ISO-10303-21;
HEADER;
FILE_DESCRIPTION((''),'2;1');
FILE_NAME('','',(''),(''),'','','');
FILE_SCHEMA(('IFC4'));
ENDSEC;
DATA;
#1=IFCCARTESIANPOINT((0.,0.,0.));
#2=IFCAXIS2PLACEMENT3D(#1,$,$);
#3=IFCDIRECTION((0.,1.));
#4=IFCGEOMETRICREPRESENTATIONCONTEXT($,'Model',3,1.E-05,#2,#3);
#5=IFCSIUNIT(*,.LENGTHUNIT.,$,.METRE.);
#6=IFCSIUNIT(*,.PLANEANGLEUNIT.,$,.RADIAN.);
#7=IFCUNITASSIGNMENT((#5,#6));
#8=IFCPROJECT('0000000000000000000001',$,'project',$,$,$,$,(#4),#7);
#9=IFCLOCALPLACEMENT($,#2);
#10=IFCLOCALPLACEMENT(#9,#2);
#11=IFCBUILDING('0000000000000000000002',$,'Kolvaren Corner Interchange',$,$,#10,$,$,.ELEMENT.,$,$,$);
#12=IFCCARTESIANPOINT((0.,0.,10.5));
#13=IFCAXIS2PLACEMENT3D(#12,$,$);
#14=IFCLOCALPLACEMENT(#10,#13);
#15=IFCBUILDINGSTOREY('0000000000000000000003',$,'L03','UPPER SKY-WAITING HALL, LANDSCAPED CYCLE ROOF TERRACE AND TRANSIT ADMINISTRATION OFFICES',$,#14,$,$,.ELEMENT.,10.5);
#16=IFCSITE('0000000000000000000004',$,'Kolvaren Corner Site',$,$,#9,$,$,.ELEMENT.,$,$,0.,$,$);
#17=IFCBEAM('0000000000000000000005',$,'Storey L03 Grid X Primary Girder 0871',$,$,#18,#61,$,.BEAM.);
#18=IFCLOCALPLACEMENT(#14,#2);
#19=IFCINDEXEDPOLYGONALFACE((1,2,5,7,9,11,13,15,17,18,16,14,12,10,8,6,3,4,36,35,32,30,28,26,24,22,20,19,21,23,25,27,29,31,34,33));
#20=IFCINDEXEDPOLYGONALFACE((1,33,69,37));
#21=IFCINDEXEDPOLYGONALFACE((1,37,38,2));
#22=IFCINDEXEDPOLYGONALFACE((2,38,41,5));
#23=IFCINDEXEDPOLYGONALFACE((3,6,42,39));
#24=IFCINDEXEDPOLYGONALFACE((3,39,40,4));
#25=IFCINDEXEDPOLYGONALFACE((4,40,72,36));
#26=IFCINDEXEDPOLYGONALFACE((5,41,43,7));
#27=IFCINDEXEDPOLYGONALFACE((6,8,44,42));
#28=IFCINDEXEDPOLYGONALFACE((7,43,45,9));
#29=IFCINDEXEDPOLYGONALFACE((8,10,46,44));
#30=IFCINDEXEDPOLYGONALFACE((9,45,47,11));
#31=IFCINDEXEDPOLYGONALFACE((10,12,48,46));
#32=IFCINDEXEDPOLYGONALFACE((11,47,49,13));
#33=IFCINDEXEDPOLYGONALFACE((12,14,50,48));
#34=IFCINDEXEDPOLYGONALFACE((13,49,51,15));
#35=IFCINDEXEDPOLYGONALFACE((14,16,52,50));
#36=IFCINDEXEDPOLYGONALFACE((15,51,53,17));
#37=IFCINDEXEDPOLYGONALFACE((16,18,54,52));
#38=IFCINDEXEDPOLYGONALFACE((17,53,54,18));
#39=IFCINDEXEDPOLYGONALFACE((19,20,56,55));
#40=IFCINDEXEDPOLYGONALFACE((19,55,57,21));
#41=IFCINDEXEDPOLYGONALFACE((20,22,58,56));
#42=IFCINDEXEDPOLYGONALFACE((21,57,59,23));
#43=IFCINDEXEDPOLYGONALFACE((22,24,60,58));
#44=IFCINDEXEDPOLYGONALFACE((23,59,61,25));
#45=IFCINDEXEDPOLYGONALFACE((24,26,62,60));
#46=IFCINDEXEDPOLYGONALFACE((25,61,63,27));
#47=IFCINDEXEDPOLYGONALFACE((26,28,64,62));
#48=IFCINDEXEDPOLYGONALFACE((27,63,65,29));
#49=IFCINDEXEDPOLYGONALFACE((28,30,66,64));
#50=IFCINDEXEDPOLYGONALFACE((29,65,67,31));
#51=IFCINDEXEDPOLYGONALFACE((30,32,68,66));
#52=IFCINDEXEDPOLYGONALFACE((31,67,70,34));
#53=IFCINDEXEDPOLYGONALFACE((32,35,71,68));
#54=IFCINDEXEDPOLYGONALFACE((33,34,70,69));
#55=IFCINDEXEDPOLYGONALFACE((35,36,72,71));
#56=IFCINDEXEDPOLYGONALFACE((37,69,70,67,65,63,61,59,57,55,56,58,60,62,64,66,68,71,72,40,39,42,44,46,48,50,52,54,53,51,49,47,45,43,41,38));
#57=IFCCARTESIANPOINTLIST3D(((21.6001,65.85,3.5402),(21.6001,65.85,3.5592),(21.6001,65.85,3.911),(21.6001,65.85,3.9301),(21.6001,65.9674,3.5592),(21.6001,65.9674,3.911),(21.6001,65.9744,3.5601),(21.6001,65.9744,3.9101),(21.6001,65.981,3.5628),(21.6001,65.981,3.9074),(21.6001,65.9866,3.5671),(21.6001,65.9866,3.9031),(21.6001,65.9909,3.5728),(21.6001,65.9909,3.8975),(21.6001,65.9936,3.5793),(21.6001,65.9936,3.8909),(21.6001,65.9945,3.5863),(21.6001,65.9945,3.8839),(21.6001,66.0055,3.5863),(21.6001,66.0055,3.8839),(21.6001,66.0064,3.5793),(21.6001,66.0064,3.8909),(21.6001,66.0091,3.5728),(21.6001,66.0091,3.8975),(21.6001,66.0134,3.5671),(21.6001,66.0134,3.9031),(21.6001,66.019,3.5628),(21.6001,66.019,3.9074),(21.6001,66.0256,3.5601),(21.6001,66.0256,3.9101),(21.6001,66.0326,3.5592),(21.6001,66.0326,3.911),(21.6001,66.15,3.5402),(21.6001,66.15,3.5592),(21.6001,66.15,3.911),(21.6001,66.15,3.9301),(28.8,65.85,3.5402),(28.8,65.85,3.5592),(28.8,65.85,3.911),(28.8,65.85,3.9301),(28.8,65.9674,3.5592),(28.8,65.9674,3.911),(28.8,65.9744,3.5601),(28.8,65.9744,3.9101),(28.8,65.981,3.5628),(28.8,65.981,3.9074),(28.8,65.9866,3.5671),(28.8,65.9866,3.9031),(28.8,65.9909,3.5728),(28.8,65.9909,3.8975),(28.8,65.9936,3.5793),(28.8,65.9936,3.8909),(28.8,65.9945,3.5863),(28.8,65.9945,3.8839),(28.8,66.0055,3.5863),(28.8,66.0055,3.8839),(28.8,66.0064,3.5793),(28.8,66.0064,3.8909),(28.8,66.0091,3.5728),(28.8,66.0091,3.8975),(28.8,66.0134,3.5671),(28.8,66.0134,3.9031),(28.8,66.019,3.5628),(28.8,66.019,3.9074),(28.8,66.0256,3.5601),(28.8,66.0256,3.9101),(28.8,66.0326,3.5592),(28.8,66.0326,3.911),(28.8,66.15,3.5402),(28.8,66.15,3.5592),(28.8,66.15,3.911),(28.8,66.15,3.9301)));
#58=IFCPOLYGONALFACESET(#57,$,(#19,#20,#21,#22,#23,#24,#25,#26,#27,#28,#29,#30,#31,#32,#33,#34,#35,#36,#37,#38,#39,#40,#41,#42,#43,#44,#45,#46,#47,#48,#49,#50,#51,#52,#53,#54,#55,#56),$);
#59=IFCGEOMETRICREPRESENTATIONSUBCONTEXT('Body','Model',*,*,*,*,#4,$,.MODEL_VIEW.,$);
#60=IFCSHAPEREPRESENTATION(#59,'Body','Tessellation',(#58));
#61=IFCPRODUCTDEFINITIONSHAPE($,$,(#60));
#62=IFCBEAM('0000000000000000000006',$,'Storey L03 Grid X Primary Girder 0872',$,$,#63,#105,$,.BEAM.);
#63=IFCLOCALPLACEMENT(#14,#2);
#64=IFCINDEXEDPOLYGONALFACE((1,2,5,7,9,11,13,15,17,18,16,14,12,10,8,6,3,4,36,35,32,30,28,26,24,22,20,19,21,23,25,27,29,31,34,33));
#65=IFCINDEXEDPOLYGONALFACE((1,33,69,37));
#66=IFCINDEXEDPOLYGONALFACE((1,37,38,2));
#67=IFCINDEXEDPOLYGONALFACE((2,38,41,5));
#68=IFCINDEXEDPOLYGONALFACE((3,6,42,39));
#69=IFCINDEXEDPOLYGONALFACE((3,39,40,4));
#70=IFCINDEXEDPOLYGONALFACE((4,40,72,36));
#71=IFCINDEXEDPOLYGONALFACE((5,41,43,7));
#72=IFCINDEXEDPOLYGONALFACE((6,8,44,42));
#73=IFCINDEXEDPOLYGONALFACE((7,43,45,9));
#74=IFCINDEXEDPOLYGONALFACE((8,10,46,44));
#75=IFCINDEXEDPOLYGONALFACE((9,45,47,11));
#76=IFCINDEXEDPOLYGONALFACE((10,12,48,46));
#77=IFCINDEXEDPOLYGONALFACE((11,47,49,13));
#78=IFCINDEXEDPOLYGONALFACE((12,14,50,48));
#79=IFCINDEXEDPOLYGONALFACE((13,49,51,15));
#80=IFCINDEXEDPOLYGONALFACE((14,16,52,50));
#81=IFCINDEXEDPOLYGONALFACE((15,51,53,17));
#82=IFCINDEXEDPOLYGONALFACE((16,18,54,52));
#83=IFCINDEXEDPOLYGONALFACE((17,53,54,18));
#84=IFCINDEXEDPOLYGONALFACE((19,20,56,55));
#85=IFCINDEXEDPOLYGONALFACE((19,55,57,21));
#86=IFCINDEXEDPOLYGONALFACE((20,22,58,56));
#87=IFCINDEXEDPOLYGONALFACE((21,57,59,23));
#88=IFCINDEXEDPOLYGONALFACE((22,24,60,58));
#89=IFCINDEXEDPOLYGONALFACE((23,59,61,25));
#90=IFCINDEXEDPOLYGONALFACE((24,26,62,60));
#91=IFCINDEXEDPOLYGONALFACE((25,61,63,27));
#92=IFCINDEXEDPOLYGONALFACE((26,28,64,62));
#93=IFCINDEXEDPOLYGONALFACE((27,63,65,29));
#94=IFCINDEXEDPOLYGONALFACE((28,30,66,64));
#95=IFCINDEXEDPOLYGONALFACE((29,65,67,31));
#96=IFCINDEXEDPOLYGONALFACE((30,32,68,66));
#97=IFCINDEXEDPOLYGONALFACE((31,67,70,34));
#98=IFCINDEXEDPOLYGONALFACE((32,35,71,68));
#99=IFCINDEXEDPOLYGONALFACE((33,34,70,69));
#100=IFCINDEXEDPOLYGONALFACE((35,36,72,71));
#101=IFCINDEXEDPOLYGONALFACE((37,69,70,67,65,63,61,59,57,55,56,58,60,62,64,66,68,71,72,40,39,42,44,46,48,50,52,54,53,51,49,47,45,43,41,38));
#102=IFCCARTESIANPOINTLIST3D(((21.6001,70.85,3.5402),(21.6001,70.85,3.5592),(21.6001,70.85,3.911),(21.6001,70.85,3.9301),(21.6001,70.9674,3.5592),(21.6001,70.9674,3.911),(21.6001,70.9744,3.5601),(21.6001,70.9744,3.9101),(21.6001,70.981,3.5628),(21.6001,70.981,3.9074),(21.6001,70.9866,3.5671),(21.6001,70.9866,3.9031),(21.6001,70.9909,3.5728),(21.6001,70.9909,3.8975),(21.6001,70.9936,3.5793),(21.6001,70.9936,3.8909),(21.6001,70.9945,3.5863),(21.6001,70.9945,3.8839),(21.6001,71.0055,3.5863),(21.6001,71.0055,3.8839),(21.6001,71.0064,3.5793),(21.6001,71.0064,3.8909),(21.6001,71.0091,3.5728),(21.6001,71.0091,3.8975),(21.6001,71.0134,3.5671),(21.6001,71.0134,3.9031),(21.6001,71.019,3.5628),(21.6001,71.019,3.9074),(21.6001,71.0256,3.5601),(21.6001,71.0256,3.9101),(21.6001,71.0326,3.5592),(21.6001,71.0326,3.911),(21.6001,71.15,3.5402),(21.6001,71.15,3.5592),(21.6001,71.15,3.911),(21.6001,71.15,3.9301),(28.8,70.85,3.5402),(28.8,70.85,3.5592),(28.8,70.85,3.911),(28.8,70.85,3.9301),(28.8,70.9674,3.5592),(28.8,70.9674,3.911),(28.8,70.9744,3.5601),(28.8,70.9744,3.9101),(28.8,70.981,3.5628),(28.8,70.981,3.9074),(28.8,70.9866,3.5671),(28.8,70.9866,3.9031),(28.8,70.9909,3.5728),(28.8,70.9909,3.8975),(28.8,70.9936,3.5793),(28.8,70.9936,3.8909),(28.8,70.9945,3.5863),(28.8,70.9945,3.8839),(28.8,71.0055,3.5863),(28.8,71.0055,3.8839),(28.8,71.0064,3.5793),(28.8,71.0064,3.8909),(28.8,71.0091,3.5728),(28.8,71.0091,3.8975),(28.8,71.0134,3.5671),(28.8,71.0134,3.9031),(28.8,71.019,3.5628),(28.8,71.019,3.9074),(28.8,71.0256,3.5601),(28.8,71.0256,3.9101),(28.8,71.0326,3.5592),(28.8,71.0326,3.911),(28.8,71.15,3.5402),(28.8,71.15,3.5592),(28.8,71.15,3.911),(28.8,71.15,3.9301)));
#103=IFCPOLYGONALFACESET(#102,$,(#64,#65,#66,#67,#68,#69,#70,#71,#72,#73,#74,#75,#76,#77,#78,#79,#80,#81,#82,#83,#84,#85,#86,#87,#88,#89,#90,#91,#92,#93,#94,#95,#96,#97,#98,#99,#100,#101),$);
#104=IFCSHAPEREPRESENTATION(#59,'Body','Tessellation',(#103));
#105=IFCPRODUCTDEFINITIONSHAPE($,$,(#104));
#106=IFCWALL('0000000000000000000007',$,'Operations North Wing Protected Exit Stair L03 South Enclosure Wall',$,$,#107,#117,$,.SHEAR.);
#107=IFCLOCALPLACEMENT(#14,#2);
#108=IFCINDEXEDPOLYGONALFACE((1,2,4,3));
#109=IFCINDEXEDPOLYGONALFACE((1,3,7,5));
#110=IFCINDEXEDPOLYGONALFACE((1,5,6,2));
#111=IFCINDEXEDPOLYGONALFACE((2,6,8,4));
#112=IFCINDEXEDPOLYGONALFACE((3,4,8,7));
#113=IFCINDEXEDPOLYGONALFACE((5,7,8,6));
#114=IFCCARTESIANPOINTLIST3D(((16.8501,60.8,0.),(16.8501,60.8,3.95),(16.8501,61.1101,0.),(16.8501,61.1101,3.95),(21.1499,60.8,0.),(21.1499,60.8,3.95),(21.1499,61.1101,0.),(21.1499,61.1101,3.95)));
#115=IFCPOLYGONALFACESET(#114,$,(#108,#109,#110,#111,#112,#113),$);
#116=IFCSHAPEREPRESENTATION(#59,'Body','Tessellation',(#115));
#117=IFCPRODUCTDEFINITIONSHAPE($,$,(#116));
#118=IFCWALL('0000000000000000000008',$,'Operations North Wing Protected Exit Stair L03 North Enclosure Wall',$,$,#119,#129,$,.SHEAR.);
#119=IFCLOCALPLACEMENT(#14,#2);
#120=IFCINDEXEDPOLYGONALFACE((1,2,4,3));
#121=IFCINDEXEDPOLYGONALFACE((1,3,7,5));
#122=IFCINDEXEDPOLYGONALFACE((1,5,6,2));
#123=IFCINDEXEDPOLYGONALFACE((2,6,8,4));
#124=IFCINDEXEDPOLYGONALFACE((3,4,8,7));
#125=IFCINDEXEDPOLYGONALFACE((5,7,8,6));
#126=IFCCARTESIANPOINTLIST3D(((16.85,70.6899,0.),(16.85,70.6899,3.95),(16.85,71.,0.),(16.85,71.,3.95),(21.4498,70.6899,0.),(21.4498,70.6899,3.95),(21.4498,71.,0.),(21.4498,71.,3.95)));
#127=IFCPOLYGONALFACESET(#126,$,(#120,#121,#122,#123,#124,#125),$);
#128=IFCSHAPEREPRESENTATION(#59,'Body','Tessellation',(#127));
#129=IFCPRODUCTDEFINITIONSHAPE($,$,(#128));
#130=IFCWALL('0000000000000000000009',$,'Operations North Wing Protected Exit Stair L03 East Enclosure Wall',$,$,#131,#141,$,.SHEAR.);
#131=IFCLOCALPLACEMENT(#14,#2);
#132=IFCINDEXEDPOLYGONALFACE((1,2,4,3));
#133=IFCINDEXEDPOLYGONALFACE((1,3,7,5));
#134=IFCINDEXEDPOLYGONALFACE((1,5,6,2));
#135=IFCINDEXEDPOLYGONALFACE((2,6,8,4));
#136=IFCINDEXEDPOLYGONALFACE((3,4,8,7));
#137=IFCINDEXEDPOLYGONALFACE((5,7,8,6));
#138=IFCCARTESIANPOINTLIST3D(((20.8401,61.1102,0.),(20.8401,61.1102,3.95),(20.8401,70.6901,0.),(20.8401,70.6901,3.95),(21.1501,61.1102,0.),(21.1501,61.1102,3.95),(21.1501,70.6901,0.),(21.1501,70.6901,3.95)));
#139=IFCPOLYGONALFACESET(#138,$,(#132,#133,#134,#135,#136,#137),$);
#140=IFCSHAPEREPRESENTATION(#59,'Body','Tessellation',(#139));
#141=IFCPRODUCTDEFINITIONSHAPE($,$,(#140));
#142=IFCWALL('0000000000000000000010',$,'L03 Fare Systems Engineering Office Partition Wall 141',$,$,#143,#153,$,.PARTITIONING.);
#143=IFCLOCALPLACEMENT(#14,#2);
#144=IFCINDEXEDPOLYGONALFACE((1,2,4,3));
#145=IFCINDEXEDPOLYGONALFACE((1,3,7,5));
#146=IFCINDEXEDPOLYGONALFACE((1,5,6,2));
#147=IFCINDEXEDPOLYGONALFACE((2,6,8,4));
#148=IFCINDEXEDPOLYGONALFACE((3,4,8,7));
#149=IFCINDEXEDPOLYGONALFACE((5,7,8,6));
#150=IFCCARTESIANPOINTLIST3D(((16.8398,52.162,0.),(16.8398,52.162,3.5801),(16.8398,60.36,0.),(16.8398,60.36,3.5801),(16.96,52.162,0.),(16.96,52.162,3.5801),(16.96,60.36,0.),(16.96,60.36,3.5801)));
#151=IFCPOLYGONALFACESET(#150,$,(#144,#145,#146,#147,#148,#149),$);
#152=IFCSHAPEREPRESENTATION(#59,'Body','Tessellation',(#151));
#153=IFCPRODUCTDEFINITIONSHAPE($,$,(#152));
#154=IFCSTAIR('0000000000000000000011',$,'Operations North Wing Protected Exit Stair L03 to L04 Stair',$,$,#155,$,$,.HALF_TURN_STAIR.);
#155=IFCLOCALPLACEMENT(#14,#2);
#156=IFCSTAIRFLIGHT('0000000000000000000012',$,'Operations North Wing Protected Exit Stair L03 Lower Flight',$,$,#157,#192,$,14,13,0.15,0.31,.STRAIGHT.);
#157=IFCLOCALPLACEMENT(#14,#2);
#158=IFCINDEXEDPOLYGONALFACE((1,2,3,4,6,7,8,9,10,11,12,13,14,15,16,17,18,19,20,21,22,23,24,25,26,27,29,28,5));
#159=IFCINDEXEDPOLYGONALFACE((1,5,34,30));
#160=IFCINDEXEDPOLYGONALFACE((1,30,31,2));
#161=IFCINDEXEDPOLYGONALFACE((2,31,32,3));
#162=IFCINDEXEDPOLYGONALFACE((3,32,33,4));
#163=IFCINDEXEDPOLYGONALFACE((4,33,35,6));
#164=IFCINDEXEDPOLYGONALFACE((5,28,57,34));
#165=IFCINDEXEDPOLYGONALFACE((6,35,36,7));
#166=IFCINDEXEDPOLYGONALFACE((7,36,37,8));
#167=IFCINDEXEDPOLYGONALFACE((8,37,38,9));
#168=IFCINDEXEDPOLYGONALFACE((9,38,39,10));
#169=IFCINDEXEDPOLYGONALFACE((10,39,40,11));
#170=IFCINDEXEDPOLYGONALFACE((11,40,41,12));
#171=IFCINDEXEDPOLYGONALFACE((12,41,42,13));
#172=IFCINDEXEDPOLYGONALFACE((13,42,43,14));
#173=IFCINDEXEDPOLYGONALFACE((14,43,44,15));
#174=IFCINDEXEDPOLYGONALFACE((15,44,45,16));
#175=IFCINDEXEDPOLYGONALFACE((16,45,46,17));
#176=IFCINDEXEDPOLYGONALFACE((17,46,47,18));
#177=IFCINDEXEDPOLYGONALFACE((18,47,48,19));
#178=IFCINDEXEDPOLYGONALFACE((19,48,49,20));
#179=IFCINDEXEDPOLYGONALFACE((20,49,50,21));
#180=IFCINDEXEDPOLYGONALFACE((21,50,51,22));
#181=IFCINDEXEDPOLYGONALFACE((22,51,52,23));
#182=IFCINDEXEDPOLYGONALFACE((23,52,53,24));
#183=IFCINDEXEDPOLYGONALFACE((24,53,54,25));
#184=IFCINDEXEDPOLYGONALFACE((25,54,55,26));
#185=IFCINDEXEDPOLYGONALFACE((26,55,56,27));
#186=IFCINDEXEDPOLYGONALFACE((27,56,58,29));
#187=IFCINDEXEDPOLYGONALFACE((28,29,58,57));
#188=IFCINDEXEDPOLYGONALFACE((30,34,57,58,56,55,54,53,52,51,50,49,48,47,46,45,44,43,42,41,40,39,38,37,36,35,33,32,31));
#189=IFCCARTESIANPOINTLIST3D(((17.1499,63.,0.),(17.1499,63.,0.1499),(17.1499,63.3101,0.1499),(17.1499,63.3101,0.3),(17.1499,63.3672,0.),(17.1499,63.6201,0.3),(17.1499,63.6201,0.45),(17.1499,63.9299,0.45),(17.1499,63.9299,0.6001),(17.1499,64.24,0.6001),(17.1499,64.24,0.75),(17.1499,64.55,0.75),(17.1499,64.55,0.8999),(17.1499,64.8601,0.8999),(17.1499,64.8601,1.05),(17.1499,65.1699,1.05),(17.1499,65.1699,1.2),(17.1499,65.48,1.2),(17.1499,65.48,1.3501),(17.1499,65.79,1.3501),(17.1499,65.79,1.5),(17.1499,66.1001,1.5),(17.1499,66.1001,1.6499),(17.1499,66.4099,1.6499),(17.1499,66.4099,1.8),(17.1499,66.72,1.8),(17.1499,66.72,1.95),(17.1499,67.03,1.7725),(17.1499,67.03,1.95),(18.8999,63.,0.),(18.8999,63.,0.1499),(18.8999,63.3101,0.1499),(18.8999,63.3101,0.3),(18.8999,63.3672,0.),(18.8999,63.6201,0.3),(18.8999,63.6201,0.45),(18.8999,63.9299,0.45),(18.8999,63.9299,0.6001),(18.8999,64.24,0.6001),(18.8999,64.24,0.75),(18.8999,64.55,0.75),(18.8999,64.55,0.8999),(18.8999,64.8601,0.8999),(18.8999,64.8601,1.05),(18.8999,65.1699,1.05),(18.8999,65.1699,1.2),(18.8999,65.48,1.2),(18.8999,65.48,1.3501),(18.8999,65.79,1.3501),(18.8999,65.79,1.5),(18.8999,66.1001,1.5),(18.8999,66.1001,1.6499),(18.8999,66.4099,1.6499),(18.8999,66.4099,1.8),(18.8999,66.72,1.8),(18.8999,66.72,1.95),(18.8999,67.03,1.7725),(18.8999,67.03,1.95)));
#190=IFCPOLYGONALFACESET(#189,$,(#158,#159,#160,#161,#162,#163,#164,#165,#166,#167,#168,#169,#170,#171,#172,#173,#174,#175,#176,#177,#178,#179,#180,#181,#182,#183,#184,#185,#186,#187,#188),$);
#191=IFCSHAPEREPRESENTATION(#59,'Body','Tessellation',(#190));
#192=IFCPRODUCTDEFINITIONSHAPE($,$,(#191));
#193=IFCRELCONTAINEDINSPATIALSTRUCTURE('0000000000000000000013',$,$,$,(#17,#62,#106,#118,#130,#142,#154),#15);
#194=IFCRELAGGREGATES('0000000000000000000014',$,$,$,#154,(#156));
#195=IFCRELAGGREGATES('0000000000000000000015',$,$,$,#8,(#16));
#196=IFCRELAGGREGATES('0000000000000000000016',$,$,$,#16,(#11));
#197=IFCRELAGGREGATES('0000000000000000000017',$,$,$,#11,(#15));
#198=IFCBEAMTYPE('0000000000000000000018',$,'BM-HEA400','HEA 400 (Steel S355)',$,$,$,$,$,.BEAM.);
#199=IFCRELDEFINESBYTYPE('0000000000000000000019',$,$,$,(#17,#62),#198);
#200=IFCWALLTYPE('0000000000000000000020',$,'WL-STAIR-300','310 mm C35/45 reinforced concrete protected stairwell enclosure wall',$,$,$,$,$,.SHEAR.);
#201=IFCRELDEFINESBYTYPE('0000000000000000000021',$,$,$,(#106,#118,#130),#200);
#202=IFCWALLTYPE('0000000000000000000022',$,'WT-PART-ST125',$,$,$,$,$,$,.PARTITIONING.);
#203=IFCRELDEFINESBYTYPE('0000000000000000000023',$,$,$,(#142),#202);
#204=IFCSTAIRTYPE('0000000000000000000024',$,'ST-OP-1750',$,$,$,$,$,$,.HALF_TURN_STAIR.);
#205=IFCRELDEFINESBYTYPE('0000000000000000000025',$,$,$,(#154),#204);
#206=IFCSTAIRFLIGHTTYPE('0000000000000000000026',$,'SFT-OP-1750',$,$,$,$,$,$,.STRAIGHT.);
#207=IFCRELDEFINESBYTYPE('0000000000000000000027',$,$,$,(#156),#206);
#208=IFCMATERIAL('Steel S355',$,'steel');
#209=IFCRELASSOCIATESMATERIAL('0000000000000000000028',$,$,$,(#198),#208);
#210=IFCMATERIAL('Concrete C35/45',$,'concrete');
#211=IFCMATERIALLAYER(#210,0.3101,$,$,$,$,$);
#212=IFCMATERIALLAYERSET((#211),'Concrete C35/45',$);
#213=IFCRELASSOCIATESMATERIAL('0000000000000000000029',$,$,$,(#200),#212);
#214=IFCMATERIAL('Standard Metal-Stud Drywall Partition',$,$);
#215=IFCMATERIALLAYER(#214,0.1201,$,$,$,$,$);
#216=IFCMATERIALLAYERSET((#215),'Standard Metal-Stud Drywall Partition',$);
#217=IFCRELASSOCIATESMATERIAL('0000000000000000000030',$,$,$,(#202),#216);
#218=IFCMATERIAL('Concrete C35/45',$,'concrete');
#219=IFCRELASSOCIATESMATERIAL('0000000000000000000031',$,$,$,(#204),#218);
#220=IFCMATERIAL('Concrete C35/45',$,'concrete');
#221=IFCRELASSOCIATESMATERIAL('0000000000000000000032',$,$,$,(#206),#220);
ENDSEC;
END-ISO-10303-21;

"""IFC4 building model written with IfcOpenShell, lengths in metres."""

from ifc_helpers import new_model, si_unit, direction, frame, frame_2d, origin, origin_2d, place, context, subcontext, project, spatial, polyline, rectangle, i_section, outline, extrude, material, layer, layer_set, material_profile, profile_set, type_object, element, aggregate, save


model = new_model("IFC4")

# Units and contexts
model_context = context("Model", 3, precision=1e-05, world=origin(), true_north=direction((0.0, 1.0)))
body_context = subcontext(model_context, "Body", "Model", "MODEL_VIEW")
ifc_project = project(units=[si_unit("LENGTHUNIT", "METRE"), si_unit("PLANEANGLEUNIT", "RADIAN")], contexts=[model_context])

# Site, building, storey
site_placement = place(None, origin())
site = spatial("IfcSite", under=ifc_project, at=site_placement, Name="Kolvaren Corner Site", CompositionType="ELEMENT", RefElevation=0.0)
building_placement = place(site_placement, origin())
building = spatial("IfcBuilding", under=site, at=building_placement, Name="Kolvaren Corner Interchange", CompositionType="ELEMENT")
storey_placement = place(building_placement, frame((0.0, 0.0, 10.5)))
storey = spatial("IfcBuildingStorey", under=building, at=storey_placement, Name="L03", Description="UPPER SKY-WAITING HALL, LANDSCAPED CYCLE ROOF TERRACE AND TRANSIT ADMINISTRATION OFFICES", CompositionType="ELEMENT", Elevation=10.5)

# Beams
ifc_material_1 = material(Name="Steel S355", Category="steel")
ifc_material_profile_1 = material_profile(ifc_material_1, i_section(OverallWidth=0.3, OverallDepth=0.3899, WebThickness=0.011, FlangeThickness=0.019, FilletRadius=0.0271, at=origin_2d()), Name="HEA 400")
ifc_profile_set_1 = profile_set([ifc_material_profile_1], Name="Steel S355")
beam_type_1 = type_object("IfcBeamType", Name="BM-HEA400", Description="HEA 400 (Steel S355)", PredefinedType="BEAM", material=ifc_profile_set_1)
for number, where, z_axis, x_axis, name in (
    (1, (21.6001, 66.0, 3.7351), (1.0, 0.0, 0.0), (0.0, 1.0, 0.0), "Storey L03 Grid X Primary Girder 0871"),
    (2, (21.6001, 71.0, 3.7351), (1.0, 0.0, 0.0), (0.0, 1.0, 0.0), "Storey L03 Grid X Primary Girder 0872"),
):
    element("IfcBeam", number, at=place(storey_placement, frame(where, z_axis=z_axis, x_axis=x_axis)), inside=storey, type_object=beam_type_1, Name=name, PredefinedType="BEAM", context=body_context, shape_type="SweptSolid", body=[
        extrude(i_section(OverallWidth=0.3, OverallDepth=0.3899, WebThickness=0.011, FlangeThickness=0.019, FilletRadius=0.0271, at=origin_2d()), origin(), (0.0, 0.0, 1.0), 7.2),
    ])

# Walls
ifc_material_2 = material(Name="Concrete C35/45", Category="concrete")
ifc_layer_1 = layer(ifc_material_2, 0.3101)
ifc_layer_set_1 = layer_set([ifc_layer_1], Name="Concrete C35/45")
wall_type_1 = type_object("IfcWallType", Name="WL-STAIR-300", Description="310 mm C35/45 reinforced concrete protected stairwell enclosure wall", PredefinedType="SHEAR", material=ifc_layer_set_1)
wall_1_placement = place(storey_placement, frame((16.8501, 60.9551, 0.0), z_axis=(0.0, 0.0, 1.0), x_axis=(1.0, 0.0, 0.0)))
element("IfcWall", 3, at=wall_1_placement, inside=storey, type_object=wall_type_1, Name="Operations North Wing Protected Exit Stair L03 South Enclosure Wall", PredefinedType="SHEAR", context=body_context, shape_type="SweptSolid", body=[
    extrude(rectangle(XDim=4.2998, YDim=0.3101, at=frame_2d((2.1499, 0.0))), origin(), (0.0, 0.0, 1.0), 3.95),
])
wall_2_placement = place(storey_placement, frame((16.8501, 70.845, 0.0), z_axis=(0.0, 0.0, 1.0), x_axis=(1.0, 0.0, 0.0)))
element("IfcWall", 4, at=wall_2_placement, inside=storey, type_object=wall_type_1, Name="Operations North Wing Protected Exit Stair L03 North Enclosure Wall", PredefinedType="SHEAR", context=body_context, shape_type="SweptSolid", body=[
    extrude(rectangle(XDim=4.5999, YDim=0.3101, at=frame_2d((2.2998, 0.0))), origin(), (0.0, 0.0, 1.0), 3.95),
])

# Walls
wall_3_placement = place(storey_placement, frame((20.9951, 61.1101, 0.0), z_axis=(0.0, 0.0, 1.0), x_axis=(0.0, 1.0, 0.0)))
element("IfcWall", 5, at=wall_3_placement, inside=storey, type_object=wall_type_1, Name="Operations North Wing Protected Exit Stair L03 East Enclosure Wall", PredefinedType="SHEAR", context=body_context, shape_type="SweptSolid", body=[
    extrude(rectangle(XDim=9.5798, YDim=0.3101, at=frame_2d((4.79, 0.0))), origin(), (0.0, 0.0, 1.0), 3.95),
])
ifc_material_3 = material(Name="Standard Metal-Stud Drywall Partition")
ifc_layer_2 = layer(ifc_material_3, 0.1201)
ifc_layer_set_2 = layer_set([ifc_layer_2], Name="Standard Metal-Stud Drywall Partition")
wall_type_2 = type_object("IfcWallType", Name="WT-PART-ST125", PredefinedType="PARTITIONING", material=ifc_layer_set_2)
wall_4_placement = place(storey_placement, frame((16.8999, 60.3601, 0.0), z_axis=(0.0, 0.0, 1.0), x_axis=(0.0, -1.0, 0.0)))
element("IfcWall", 6, at=wall_4_placement, inside=storey, type_object=wall_type_2, Name="L03 Fare Systems Engineering Office Partition Wall 141", PredefinedType="PARTITIONING", context=body_context, shape_type="SweptSolid", body=[
    extrude(rectangle(XDim=8.198, YDim=0.1201, at=frame_2d((4.0991, 0.0))), origin(), (0.0, 0.0, 1.0), 3.5801),
])

# Stair, stair flight
ifc_material_4 = material(Name="Concrete C35/45", Category="concrete")
stair_type = type_object("IfcStairType", Name="ST-OP-1750", PredefinedType="HALF_TURN_STAIR", material=ifc_material_4)
stair_placement = place(storey_placement, origin())
stair = element("IfcStair", 7, at=stair_placement, inside=storey, type_object=stair_type, Name="Operations North Wing Protected Exit Stair L03 to L04 Stair", PredefinedType="HALF_TURN_STAIR")
ifc_material_5 = material(Name="Concrete C35/45", Category="concrete")
stair_flight_type = type_object("IfcStairFlightType", Name="SFT-OP-1750", PredefinedType="STRAIGHT", material=ifc_material_5)
stair_flight_1_placement = place(storey_placement, frame((18.0249, 63.0, 0.0), z_axis=(0.0, 0.0, 1.0), x_axis=(0.0, 1.0, 0.0)))
stair_flight_1 = element("IfcStairFlight", 8, at=stair_flight_1_placement, type_object=stair_flight_type, Name="Operations North Wing Protected Exit Stair L03 Lower Flight", NumberOfRisers=14, NumberOfTreads=13, PredefinedType="STRAIGHT", RiserHeight=0.15, TreadLength=0.31, context=body_context, shape_type="SweptSolid", body=[
    extrude(outline(polyline([(0.0, 0.0), (0.0, 0.1499), (0.3101, 0.1499), (0.3101, 0.3), (0.6201, 0.3), (0.6201, 0.45), (0.9299, 0.45), (0.9299, 0.6001), (1.24, 0.6001), (1.24, 0.75), (1.55, 0.75), (1.55, 0.8999), (1.8601, 0.8999), (1.8601, 1.05), (2.1699, 1.05), (2.1699, 1.2), (2.48, 1.2), (2.48, 1.3501), (2.79, 1.3501), (2.79, 1.5), (3.1001, 1.5), (3.1001, 1.6499), (3.4099, 1.6499), (3.4099, 1.8), (3.72, 1.8), (3.72, 1.95), (4.03, 1.95), (4.03, 2.1001), (4.03, 1.7725), (0.3672, 0.0), (0.0, 0.0)])), frame((0.0, 0.875, 0.0), z_axis=(0.0, -1.0, 0.0), x_axis=(1.0, 0.0, 0.0)), (0.0, 0.0, 1.0), 1.75),
])

aggregate(stair, [stair_flight_1])

save(model, "model.ifc")
